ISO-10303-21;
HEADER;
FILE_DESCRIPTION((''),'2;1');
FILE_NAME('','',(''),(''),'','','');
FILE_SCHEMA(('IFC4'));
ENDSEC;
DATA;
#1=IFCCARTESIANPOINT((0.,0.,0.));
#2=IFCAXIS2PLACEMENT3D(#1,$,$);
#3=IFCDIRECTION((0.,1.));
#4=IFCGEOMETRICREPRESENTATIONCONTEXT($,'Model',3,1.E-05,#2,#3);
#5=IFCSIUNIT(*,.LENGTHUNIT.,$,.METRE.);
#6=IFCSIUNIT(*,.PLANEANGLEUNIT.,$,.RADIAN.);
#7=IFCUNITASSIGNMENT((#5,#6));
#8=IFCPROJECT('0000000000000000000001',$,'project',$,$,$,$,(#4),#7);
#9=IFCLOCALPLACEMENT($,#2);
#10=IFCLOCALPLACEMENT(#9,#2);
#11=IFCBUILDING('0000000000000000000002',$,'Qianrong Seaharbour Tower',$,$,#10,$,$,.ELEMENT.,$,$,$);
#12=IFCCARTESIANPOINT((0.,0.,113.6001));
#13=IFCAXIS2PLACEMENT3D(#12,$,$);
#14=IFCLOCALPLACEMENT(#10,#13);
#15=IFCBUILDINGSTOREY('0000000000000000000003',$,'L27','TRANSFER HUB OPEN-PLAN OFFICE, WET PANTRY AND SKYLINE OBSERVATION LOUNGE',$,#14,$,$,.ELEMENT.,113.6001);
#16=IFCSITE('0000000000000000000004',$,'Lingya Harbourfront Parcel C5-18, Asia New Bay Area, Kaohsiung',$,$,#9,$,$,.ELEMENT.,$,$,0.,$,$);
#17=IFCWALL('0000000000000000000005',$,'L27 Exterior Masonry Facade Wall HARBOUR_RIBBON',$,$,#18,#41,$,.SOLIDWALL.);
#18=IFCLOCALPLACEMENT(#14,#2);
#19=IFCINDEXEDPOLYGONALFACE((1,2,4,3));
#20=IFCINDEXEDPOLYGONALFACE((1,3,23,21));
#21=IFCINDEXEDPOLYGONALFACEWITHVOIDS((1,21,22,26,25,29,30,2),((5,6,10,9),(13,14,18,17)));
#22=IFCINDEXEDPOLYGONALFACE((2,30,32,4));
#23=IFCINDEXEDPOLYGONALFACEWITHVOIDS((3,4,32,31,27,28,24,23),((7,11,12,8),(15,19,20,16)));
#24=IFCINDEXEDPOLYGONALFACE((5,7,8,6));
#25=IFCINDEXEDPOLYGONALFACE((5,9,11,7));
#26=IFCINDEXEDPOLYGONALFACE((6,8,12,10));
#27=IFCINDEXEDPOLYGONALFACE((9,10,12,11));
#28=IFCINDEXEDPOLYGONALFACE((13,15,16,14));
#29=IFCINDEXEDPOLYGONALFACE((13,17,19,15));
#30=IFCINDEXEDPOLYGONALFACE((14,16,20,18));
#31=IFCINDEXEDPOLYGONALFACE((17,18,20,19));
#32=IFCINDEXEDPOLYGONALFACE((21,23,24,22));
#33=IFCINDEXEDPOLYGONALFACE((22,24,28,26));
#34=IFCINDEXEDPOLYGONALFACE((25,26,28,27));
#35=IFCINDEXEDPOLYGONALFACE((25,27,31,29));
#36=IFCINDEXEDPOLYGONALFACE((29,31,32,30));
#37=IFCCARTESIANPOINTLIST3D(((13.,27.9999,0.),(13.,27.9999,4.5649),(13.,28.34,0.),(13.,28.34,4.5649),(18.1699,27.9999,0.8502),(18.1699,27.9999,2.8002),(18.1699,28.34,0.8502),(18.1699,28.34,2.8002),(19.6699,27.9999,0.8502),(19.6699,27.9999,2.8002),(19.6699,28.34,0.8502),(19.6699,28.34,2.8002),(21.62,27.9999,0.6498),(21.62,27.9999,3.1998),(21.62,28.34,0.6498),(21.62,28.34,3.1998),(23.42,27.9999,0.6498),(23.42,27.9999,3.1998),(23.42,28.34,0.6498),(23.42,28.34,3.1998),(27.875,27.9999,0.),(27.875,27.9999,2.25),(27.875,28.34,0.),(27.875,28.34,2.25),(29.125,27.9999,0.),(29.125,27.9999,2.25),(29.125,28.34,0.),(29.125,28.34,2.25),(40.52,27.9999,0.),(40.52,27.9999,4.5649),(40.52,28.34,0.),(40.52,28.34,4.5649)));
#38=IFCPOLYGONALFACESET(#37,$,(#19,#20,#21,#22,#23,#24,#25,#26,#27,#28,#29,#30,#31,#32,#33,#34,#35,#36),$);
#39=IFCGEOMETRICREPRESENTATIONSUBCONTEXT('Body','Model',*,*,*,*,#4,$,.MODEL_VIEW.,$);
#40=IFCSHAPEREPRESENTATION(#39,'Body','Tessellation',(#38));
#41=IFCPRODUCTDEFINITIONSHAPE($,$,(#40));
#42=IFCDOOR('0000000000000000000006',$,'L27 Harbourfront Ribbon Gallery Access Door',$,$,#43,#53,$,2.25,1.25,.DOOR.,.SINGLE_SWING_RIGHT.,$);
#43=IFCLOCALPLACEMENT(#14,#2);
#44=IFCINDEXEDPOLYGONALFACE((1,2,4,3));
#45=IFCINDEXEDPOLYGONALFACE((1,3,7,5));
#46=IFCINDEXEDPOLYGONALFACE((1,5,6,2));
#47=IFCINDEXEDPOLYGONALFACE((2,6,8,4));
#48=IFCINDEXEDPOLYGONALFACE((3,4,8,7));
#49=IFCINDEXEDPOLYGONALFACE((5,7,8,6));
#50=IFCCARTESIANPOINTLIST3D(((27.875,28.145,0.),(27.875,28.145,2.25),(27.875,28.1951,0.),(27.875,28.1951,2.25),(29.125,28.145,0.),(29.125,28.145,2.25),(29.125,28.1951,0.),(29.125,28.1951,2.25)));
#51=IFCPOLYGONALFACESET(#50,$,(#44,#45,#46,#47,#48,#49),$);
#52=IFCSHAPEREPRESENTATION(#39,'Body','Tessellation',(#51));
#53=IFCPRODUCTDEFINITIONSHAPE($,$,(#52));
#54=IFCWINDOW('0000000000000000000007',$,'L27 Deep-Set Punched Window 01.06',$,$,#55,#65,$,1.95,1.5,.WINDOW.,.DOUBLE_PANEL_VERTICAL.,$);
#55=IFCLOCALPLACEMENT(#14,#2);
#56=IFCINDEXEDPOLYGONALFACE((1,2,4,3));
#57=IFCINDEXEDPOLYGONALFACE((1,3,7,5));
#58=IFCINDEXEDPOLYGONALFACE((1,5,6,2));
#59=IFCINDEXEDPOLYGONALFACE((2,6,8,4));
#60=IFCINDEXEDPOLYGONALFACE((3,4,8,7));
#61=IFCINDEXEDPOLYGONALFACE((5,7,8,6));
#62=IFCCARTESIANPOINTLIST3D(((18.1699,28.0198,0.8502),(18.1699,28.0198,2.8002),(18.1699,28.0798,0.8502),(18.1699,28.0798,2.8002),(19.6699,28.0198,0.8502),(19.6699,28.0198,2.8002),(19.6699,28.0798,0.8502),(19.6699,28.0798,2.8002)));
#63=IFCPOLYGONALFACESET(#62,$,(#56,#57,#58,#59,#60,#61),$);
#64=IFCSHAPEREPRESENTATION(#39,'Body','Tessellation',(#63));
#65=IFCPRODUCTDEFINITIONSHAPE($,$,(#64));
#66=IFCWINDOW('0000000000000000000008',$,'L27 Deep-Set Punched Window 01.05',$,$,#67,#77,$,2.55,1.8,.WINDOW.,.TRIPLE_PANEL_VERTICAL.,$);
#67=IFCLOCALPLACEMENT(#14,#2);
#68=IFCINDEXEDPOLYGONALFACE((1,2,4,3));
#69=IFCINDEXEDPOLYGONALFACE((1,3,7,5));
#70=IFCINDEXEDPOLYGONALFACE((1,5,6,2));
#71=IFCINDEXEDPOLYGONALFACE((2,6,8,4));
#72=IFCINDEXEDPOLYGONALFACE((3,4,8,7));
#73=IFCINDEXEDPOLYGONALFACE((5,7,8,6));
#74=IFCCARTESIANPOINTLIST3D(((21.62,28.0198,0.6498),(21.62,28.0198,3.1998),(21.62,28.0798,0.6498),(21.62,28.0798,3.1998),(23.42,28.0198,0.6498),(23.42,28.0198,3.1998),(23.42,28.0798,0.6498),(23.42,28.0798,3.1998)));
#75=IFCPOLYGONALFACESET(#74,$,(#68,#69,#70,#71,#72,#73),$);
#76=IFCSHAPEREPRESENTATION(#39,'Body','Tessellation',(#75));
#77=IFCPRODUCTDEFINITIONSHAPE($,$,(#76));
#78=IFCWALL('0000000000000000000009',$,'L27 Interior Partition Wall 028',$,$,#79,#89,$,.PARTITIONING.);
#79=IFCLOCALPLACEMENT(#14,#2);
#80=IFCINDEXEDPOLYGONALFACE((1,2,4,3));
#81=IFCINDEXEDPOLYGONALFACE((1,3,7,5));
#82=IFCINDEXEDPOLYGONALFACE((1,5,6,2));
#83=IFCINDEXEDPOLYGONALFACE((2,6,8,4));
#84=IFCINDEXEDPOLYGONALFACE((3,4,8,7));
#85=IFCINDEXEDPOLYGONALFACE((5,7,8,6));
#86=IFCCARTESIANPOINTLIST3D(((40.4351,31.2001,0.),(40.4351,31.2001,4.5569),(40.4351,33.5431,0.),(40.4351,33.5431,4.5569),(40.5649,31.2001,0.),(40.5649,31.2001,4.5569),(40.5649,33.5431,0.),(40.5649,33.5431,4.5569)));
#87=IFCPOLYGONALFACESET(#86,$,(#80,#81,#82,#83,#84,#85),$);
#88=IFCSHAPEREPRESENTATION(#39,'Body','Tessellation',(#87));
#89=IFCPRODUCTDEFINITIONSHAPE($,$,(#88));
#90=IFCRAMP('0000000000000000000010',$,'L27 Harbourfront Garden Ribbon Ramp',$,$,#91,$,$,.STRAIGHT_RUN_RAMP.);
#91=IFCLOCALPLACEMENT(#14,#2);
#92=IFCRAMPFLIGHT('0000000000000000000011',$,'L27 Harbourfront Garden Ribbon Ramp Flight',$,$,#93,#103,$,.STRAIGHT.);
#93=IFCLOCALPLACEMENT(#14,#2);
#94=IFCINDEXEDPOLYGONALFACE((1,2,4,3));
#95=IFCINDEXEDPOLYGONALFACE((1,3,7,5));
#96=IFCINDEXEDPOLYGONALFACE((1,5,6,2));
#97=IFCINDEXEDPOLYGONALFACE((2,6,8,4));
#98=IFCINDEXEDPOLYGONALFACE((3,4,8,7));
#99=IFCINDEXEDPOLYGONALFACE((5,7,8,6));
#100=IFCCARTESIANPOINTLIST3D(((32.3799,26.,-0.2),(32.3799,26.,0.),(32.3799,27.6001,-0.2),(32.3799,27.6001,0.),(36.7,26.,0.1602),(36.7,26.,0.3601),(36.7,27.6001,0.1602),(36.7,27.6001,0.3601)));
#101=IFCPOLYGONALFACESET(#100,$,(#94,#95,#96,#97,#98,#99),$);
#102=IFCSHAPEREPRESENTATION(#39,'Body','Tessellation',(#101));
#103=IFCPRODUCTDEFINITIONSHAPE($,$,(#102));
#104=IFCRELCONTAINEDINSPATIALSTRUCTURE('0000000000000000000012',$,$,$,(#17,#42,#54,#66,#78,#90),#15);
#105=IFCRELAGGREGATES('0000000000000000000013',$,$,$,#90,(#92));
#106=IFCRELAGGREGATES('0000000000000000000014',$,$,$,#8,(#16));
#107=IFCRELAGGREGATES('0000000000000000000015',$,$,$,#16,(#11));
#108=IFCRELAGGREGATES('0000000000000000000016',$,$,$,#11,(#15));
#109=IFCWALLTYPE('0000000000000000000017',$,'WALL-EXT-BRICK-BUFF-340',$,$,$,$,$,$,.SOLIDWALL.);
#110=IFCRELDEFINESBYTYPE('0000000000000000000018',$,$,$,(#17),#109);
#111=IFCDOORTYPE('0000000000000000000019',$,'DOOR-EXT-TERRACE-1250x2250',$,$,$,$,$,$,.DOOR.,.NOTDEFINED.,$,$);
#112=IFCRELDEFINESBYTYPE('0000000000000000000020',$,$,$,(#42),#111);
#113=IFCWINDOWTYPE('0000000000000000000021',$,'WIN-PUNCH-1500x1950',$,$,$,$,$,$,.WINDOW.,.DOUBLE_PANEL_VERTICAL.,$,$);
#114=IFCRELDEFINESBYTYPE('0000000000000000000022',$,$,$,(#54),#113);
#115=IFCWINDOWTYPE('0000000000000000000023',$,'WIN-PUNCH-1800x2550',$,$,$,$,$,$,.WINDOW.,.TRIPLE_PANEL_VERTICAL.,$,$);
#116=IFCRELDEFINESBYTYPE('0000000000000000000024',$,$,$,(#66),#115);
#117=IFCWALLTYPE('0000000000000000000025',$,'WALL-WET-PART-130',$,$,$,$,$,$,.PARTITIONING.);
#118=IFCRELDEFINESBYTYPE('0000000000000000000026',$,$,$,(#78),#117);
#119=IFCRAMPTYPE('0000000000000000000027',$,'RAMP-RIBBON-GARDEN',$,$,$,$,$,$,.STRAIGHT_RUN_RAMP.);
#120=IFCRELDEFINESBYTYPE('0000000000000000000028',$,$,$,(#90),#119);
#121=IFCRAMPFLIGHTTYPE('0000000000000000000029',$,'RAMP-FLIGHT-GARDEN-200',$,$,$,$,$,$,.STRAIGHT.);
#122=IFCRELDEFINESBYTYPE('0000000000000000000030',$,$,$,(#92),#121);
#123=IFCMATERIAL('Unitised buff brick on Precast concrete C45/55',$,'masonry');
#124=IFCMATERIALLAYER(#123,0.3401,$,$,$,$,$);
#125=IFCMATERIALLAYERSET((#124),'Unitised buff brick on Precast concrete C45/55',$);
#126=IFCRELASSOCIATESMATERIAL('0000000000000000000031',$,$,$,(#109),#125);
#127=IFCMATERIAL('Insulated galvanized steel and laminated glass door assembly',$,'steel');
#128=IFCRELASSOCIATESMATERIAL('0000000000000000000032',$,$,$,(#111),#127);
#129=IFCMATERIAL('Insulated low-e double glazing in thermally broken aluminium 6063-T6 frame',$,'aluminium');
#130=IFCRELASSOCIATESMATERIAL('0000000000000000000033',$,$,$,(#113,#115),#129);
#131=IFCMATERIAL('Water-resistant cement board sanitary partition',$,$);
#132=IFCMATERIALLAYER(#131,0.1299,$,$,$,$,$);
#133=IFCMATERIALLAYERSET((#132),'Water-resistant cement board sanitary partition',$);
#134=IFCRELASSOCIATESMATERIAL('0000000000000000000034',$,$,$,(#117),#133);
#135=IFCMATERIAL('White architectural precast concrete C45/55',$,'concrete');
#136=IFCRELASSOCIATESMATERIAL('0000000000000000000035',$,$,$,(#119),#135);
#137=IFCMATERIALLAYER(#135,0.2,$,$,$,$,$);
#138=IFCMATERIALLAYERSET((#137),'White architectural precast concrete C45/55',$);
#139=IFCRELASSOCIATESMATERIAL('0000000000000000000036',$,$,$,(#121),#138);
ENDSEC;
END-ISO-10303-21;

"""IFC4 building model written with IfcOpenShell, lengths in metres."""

from ifc_helpers import new_model, si_unit, direction, frame, frame_2d, origin, place, context, subcontext, project, spatial, polyline, rectangle, outline, extrude, material, layer, layer_set, type_object, element, fill, aggregate, save


model = new_model("IFC4")

# Units and contexts
model_context = context("Model", 3, precision=1e-05, world=origin(), true_north=direction((0.0, 1.0)))
body_context = subcontext(model_context, "Body", "Model", "MODEL_VIEW")
ifc_project = project(units=[si_unit("LENGTHUNIT", "METRE"), si_unit("PLANEANGLEUNIT", "RADIAN")], contexts=[model_context])

# Site, building, storey
site_placement = place(None, origin())
site = spatial("IfcSite", under=ifc_project, at=site_placement, Name="Lingya Harbourfront Parcel C5-18, Asia New Bay Area, Kaohsiung", CompositionType="ELEMENT", RefElevation=0.0)
building_placement = place(site_placement, origin())
building = spatial("IfcBuilding", under=site, at=building_placement, Name="Qianrong Seaharbour Tower", CompositionType="ELEMENT")
storey_placement = place(building_placement, frame((0.0, 0.0, 113.6001)))
storey = spatial("IfcBuildingStorey", under=building, at=storey_placement, Name="L27", Description="TRANSFER HUB OPEN-PLAN OFFICE, WET PANTRY AND SKYLINE OBSERVATION LOUNGE", CompositionType="ELEMENT", Elevation=113.6001)

# Wall, openings, door, windows
ifc_material_1 = material(Name="Unitised buff brick on Precast concrete C45/55", Category="masonry")
ifc_layer_1 = layer(ifc_material_1, 0.3401)
ifc_layer_set_1 = layer_set([ifc_layer_1], Name="Unitised buff brick on Precast concrete C45/55")
wall_type_1 = type_object("IfcWallType", Name="WALL-EXT-BRICK-BUFF-340", PredefinedType="SOLIDWALL", material=ifc_layer_set_1)
wall_1_placement = place(storey_placement, frame((40.52, 28.1699, 0.0), z_axis=(0.0, 0.0, 1.0), x_axis=(-1.0, 0.0, 0.0)))
wall_1 = element("IfcWall", 1, at=wall_1_placement, inside=storey, type_object=wall_type_1, Name="L27 Exterior Masonry Facade Wall HARBOUR_RIBBON", PredefinedType="SOLIDWALL", context=body_context, shape_type="SweptSolid", body=[
    extrude(rectangle(XDim=27.52, YDim=0.3401, at=frame_2d((13.76, 0.0))), origin(), (0.0, 0.0, 1.0), 4.5649),
])
opening_1_placement = place(wall_1_placement, frame((17.1001, 0.0, 0.6499)))
opening_1 = element("IfcOpeningElement", 2, at=opening_1_placement, cuts=wall_1, PredefinedType="OPENING", context=body_context, shape_type="SweptSolid", body=[
    extrude(rectangle(XDim=1.8, YDim=2.55, at=frame_2d((0.8999, 1.2749))), frame((0.0, 0.1802, 0.0), z_axis=(0.0, -1.0, 0.0), x_axis=(1.0, 0.0, 0.0)), (0.0, 0.0, 1.0), 0.3601),
])
opening_2_placement = place(wall_1_placement, frame((20.8501, 0.0, 0.8501)))
opening_2 = element("IfcOpeningElement", 3, at=opening_2_placement, cuts=wall_1, PredefinedType="OPENING", context=body_context, shape_type="SweptSolid", body=[
    extrude(rectangle(XDim=1.5, YDim=1.95, at=frame_2d((0.75, 0.9751))), frame((0.0, 0.1802, 0.0), z_axis=(0.0, -1.0, 0.0), x_axis=(1.0, 0.0, 0.0)), (0.0, 0.0, 1.0), 0.3601),
])
opening_3_placement = place(wall_1_placement, frame((11.395, 0.0, 0.0)))
opening_3 = element("IfcOpeningElement", 4, at=opening_3_placement, cuts=wall_1, PredefinedType="OPENING", context=body_context, shape_type="SweptSolid", body=[
    extrude(rectangle(XDim=1.25, YDim=2.25, at=frame_2d((0.625, 1.125))), frame((0.0, 0.1802, 0.0), z_axis=(0.0, -1.0, 0.0), x_axis=(1.0, 0.0, 0.0)), (0.0, 0.0, 1.0), 0.3601),
])
ifc_material_2 = material(Name="Insulated galvanized steel and laminated glass door assembly", Category="steel")
door_type_1 = type_object("IfcDoorType", Name="DOOR-EXT-TERRACE-1250x2250", OperationType="NOTDEFINED", PredefinedType="DOOR", material=ifc_material_2)
door_1_placement = place(opening_3_placement, origin())
door_1 = element("IfcDoor", 5, at=door_1_placement, inside=storey, type_object=door_type_1, Name="L27 Harbourfront Ribbon Gallery Access Door", OperationType="SINGLE_SWING_RIGHT", OverallHeight=2.25, OverallWidth=1.25, PredefinedType="DOOR", context=body_context, shape_type="SweptSolid", body=[
    extrude(rectangle(XDim=1.25, YDim=2.25, at=frame_2d((0.625, 1.125))), frame((0.0, 0.0249, 0.0), z_axis=(0.0, -1.0, 0.0), x_axis=(1.0, 0.0, 0.0)), (0.0, 0.0, 1.0), 0.05),
])
fill(opening_3, door_1)
ifc_material_3 = material(Name="Insulated low-e double glazing in thermally broken aluminium 6063-T6 frame", Category="aluminium")
window_type_1 = type_object("IfcWindowType", Name="WIN-PUNCH-1500x1950", PartitioningType="DOUBLE_PANEL_VERTICAL", PredefinedType="WINDOW", material=ifc_material_3)
window_1_placement = place(opening_2_placement, origin())
window_1 = element("IfcWindow", 6, at=window_1_placement, inside=storey, type_object=window_type_1, Name="L27 Deep-Set Punched Window 01.06", OverallHeight=1.95, OverallWidth=1.5, PartitioningType="DOUBLE_PANEL_VERTICAL", PredefinedType="WINDOW", context=body_context, shape_type="SweptSolid", body=[
    extrude(rectangle(XDim=1.5, YDim=1.95, at=frame_2d((0.75, 0.9751))), frame((0.0, 0.1501, 0.0), z_axis=(0.0, -1.0, 0.0), x_axis=(1.0, 0.0, 0.0)), (0.0, 0.0, 1.0), 0.0601),
])
fill(opening_2, window_1)
window_type_2 = type_object("IfcWindowType", Name="WIN-PUNCH-1800x2550", PartitioningType="TRIPLE_PANEL_VERTICAL", PredefinedType="WINDOW", material=ifc_material_3)
window_2_placement = place(opening_1_placement, origin())
window_2 = element("IfcWindow", 7, at=window_2_placement, inside=storey, type_object=window_type_2, Name="L27 Deep-Set Punched Window 01.05", OverallHeight=2.55, OverallWidth=1.8, PartitioningType="TRIPLE_PANEL_VERTICAL", PredefinedType="WINDOW", context=body_context, shape_type="SweptSolid", body=[
    extrude(rectangle(XDim=1.8, YDim=2.55, at=frame_2d((0.8999, 1.2749))), frame((0.0, 0.1501, 0.0), z_axis=(0.0, -1.0, 0.0), x_axis=(1.0, 0.0, 0.0)), (0.0, 0.0, 1.0), 0.0601),
])
fill(opening_1, window_2)

# Wall
ifc_material_4 = material(Name="Water-resistant cement board sanitary partition")
ifc_layer_2 = layer(ifc_material_4, 0.1299)
ifc_layer_set_2 = layer_set([ifc_layer_2], Name="Water-resistant cement board sanitary partition")
wall_type_2 = type_object("IfcWallType", Name="WALL-WET-PART-130", PredefinedType="PARTITIONING", material=ifc_layer_set_2)
wall_2_placement = place(storey_placement, frame((40.5, 33.543, 0.0), z_axis=(0.0, 0.0, 1.0), x_axis=(0.0, -1.0, 0.0)))
element("IfcWall", 8, at=wall_2_placement, inside=storey, type_object=wall_type_2, Name="L27 Interior Partition Wall 028", PredefinedType="PARTITIONING", context=body_context, shape_type="SweptSolid", body=[
    extrude(rectangle(XDim=2.343, YDim=0.1299, at=frame_2d((1.1714, 0.0))), origin(), (0.0, 0.0, 1.0), 4.5569),
])

# Ramp, ramp flight
ifc_material_5 = material(Name="White architectural precast concrete C45/55", Category="concrete")
ramp_type = type_object("IfcRampType", Name="RAMP-RIBBON-GARDEN", PredefinedType="STRAIGHT_RUN_RAMP", material=ifc_material_5)
ramp_placement = place(storey_placement, origin())
ramp = element("IfcRamp", 9, at=ramp_placement, inside=storey, type_object=ramp_type, Name="L27 Harbourfront Garden Ribbon Ramp", PredefinedType="STRAIGHT_RUN_RAMP")
ifc_layer_3 = layer(ifc_material_5, 0.2)
ifc_layer_set_3 = layer_set([ifc_layer_3], Name="White architectural precast concrete C45/55")
ramp_flight_type = type_object("IfcRampFlightType", Name="RAMP-FLIGHT-GARDEN-200", PredefinedType="STRAIGHT", material=ifc_layer_set_3)
ramp_flight_placement = place(storey_placement, frame((32.3799, 26.8, 0.0), z_axis=(0.0, 0.0, 1.0), x_axis=(1.0, 0.0, 0.0)))
ramp_flight = element("IfcRampFlight", 10, at=ramp_flight_placement, type_object=ramp_flight_type, Name="L27 Harbourfront Garden Ribbon Ramp Flight", PredefinedType="STRAIGHT", context=body_context, shape_type="SweptSolid", body=[
    extrude(outline(polyline([(0.0, 0.0), (4.3201, 0.3601), (4.3201, 0.1602), (0.0, -0.2), (0.0, 0.0)])), frame((0.0, 0.8, 0.0), z_axis=(0.0, -1.0, 0.0), x_axis=(1.0, 0.0, 0.0)), (0.0, 0.0, 1.0), 1.6001),
])
aggregate(ramp, [ramp_flight])

save(model, "model.ifc")
